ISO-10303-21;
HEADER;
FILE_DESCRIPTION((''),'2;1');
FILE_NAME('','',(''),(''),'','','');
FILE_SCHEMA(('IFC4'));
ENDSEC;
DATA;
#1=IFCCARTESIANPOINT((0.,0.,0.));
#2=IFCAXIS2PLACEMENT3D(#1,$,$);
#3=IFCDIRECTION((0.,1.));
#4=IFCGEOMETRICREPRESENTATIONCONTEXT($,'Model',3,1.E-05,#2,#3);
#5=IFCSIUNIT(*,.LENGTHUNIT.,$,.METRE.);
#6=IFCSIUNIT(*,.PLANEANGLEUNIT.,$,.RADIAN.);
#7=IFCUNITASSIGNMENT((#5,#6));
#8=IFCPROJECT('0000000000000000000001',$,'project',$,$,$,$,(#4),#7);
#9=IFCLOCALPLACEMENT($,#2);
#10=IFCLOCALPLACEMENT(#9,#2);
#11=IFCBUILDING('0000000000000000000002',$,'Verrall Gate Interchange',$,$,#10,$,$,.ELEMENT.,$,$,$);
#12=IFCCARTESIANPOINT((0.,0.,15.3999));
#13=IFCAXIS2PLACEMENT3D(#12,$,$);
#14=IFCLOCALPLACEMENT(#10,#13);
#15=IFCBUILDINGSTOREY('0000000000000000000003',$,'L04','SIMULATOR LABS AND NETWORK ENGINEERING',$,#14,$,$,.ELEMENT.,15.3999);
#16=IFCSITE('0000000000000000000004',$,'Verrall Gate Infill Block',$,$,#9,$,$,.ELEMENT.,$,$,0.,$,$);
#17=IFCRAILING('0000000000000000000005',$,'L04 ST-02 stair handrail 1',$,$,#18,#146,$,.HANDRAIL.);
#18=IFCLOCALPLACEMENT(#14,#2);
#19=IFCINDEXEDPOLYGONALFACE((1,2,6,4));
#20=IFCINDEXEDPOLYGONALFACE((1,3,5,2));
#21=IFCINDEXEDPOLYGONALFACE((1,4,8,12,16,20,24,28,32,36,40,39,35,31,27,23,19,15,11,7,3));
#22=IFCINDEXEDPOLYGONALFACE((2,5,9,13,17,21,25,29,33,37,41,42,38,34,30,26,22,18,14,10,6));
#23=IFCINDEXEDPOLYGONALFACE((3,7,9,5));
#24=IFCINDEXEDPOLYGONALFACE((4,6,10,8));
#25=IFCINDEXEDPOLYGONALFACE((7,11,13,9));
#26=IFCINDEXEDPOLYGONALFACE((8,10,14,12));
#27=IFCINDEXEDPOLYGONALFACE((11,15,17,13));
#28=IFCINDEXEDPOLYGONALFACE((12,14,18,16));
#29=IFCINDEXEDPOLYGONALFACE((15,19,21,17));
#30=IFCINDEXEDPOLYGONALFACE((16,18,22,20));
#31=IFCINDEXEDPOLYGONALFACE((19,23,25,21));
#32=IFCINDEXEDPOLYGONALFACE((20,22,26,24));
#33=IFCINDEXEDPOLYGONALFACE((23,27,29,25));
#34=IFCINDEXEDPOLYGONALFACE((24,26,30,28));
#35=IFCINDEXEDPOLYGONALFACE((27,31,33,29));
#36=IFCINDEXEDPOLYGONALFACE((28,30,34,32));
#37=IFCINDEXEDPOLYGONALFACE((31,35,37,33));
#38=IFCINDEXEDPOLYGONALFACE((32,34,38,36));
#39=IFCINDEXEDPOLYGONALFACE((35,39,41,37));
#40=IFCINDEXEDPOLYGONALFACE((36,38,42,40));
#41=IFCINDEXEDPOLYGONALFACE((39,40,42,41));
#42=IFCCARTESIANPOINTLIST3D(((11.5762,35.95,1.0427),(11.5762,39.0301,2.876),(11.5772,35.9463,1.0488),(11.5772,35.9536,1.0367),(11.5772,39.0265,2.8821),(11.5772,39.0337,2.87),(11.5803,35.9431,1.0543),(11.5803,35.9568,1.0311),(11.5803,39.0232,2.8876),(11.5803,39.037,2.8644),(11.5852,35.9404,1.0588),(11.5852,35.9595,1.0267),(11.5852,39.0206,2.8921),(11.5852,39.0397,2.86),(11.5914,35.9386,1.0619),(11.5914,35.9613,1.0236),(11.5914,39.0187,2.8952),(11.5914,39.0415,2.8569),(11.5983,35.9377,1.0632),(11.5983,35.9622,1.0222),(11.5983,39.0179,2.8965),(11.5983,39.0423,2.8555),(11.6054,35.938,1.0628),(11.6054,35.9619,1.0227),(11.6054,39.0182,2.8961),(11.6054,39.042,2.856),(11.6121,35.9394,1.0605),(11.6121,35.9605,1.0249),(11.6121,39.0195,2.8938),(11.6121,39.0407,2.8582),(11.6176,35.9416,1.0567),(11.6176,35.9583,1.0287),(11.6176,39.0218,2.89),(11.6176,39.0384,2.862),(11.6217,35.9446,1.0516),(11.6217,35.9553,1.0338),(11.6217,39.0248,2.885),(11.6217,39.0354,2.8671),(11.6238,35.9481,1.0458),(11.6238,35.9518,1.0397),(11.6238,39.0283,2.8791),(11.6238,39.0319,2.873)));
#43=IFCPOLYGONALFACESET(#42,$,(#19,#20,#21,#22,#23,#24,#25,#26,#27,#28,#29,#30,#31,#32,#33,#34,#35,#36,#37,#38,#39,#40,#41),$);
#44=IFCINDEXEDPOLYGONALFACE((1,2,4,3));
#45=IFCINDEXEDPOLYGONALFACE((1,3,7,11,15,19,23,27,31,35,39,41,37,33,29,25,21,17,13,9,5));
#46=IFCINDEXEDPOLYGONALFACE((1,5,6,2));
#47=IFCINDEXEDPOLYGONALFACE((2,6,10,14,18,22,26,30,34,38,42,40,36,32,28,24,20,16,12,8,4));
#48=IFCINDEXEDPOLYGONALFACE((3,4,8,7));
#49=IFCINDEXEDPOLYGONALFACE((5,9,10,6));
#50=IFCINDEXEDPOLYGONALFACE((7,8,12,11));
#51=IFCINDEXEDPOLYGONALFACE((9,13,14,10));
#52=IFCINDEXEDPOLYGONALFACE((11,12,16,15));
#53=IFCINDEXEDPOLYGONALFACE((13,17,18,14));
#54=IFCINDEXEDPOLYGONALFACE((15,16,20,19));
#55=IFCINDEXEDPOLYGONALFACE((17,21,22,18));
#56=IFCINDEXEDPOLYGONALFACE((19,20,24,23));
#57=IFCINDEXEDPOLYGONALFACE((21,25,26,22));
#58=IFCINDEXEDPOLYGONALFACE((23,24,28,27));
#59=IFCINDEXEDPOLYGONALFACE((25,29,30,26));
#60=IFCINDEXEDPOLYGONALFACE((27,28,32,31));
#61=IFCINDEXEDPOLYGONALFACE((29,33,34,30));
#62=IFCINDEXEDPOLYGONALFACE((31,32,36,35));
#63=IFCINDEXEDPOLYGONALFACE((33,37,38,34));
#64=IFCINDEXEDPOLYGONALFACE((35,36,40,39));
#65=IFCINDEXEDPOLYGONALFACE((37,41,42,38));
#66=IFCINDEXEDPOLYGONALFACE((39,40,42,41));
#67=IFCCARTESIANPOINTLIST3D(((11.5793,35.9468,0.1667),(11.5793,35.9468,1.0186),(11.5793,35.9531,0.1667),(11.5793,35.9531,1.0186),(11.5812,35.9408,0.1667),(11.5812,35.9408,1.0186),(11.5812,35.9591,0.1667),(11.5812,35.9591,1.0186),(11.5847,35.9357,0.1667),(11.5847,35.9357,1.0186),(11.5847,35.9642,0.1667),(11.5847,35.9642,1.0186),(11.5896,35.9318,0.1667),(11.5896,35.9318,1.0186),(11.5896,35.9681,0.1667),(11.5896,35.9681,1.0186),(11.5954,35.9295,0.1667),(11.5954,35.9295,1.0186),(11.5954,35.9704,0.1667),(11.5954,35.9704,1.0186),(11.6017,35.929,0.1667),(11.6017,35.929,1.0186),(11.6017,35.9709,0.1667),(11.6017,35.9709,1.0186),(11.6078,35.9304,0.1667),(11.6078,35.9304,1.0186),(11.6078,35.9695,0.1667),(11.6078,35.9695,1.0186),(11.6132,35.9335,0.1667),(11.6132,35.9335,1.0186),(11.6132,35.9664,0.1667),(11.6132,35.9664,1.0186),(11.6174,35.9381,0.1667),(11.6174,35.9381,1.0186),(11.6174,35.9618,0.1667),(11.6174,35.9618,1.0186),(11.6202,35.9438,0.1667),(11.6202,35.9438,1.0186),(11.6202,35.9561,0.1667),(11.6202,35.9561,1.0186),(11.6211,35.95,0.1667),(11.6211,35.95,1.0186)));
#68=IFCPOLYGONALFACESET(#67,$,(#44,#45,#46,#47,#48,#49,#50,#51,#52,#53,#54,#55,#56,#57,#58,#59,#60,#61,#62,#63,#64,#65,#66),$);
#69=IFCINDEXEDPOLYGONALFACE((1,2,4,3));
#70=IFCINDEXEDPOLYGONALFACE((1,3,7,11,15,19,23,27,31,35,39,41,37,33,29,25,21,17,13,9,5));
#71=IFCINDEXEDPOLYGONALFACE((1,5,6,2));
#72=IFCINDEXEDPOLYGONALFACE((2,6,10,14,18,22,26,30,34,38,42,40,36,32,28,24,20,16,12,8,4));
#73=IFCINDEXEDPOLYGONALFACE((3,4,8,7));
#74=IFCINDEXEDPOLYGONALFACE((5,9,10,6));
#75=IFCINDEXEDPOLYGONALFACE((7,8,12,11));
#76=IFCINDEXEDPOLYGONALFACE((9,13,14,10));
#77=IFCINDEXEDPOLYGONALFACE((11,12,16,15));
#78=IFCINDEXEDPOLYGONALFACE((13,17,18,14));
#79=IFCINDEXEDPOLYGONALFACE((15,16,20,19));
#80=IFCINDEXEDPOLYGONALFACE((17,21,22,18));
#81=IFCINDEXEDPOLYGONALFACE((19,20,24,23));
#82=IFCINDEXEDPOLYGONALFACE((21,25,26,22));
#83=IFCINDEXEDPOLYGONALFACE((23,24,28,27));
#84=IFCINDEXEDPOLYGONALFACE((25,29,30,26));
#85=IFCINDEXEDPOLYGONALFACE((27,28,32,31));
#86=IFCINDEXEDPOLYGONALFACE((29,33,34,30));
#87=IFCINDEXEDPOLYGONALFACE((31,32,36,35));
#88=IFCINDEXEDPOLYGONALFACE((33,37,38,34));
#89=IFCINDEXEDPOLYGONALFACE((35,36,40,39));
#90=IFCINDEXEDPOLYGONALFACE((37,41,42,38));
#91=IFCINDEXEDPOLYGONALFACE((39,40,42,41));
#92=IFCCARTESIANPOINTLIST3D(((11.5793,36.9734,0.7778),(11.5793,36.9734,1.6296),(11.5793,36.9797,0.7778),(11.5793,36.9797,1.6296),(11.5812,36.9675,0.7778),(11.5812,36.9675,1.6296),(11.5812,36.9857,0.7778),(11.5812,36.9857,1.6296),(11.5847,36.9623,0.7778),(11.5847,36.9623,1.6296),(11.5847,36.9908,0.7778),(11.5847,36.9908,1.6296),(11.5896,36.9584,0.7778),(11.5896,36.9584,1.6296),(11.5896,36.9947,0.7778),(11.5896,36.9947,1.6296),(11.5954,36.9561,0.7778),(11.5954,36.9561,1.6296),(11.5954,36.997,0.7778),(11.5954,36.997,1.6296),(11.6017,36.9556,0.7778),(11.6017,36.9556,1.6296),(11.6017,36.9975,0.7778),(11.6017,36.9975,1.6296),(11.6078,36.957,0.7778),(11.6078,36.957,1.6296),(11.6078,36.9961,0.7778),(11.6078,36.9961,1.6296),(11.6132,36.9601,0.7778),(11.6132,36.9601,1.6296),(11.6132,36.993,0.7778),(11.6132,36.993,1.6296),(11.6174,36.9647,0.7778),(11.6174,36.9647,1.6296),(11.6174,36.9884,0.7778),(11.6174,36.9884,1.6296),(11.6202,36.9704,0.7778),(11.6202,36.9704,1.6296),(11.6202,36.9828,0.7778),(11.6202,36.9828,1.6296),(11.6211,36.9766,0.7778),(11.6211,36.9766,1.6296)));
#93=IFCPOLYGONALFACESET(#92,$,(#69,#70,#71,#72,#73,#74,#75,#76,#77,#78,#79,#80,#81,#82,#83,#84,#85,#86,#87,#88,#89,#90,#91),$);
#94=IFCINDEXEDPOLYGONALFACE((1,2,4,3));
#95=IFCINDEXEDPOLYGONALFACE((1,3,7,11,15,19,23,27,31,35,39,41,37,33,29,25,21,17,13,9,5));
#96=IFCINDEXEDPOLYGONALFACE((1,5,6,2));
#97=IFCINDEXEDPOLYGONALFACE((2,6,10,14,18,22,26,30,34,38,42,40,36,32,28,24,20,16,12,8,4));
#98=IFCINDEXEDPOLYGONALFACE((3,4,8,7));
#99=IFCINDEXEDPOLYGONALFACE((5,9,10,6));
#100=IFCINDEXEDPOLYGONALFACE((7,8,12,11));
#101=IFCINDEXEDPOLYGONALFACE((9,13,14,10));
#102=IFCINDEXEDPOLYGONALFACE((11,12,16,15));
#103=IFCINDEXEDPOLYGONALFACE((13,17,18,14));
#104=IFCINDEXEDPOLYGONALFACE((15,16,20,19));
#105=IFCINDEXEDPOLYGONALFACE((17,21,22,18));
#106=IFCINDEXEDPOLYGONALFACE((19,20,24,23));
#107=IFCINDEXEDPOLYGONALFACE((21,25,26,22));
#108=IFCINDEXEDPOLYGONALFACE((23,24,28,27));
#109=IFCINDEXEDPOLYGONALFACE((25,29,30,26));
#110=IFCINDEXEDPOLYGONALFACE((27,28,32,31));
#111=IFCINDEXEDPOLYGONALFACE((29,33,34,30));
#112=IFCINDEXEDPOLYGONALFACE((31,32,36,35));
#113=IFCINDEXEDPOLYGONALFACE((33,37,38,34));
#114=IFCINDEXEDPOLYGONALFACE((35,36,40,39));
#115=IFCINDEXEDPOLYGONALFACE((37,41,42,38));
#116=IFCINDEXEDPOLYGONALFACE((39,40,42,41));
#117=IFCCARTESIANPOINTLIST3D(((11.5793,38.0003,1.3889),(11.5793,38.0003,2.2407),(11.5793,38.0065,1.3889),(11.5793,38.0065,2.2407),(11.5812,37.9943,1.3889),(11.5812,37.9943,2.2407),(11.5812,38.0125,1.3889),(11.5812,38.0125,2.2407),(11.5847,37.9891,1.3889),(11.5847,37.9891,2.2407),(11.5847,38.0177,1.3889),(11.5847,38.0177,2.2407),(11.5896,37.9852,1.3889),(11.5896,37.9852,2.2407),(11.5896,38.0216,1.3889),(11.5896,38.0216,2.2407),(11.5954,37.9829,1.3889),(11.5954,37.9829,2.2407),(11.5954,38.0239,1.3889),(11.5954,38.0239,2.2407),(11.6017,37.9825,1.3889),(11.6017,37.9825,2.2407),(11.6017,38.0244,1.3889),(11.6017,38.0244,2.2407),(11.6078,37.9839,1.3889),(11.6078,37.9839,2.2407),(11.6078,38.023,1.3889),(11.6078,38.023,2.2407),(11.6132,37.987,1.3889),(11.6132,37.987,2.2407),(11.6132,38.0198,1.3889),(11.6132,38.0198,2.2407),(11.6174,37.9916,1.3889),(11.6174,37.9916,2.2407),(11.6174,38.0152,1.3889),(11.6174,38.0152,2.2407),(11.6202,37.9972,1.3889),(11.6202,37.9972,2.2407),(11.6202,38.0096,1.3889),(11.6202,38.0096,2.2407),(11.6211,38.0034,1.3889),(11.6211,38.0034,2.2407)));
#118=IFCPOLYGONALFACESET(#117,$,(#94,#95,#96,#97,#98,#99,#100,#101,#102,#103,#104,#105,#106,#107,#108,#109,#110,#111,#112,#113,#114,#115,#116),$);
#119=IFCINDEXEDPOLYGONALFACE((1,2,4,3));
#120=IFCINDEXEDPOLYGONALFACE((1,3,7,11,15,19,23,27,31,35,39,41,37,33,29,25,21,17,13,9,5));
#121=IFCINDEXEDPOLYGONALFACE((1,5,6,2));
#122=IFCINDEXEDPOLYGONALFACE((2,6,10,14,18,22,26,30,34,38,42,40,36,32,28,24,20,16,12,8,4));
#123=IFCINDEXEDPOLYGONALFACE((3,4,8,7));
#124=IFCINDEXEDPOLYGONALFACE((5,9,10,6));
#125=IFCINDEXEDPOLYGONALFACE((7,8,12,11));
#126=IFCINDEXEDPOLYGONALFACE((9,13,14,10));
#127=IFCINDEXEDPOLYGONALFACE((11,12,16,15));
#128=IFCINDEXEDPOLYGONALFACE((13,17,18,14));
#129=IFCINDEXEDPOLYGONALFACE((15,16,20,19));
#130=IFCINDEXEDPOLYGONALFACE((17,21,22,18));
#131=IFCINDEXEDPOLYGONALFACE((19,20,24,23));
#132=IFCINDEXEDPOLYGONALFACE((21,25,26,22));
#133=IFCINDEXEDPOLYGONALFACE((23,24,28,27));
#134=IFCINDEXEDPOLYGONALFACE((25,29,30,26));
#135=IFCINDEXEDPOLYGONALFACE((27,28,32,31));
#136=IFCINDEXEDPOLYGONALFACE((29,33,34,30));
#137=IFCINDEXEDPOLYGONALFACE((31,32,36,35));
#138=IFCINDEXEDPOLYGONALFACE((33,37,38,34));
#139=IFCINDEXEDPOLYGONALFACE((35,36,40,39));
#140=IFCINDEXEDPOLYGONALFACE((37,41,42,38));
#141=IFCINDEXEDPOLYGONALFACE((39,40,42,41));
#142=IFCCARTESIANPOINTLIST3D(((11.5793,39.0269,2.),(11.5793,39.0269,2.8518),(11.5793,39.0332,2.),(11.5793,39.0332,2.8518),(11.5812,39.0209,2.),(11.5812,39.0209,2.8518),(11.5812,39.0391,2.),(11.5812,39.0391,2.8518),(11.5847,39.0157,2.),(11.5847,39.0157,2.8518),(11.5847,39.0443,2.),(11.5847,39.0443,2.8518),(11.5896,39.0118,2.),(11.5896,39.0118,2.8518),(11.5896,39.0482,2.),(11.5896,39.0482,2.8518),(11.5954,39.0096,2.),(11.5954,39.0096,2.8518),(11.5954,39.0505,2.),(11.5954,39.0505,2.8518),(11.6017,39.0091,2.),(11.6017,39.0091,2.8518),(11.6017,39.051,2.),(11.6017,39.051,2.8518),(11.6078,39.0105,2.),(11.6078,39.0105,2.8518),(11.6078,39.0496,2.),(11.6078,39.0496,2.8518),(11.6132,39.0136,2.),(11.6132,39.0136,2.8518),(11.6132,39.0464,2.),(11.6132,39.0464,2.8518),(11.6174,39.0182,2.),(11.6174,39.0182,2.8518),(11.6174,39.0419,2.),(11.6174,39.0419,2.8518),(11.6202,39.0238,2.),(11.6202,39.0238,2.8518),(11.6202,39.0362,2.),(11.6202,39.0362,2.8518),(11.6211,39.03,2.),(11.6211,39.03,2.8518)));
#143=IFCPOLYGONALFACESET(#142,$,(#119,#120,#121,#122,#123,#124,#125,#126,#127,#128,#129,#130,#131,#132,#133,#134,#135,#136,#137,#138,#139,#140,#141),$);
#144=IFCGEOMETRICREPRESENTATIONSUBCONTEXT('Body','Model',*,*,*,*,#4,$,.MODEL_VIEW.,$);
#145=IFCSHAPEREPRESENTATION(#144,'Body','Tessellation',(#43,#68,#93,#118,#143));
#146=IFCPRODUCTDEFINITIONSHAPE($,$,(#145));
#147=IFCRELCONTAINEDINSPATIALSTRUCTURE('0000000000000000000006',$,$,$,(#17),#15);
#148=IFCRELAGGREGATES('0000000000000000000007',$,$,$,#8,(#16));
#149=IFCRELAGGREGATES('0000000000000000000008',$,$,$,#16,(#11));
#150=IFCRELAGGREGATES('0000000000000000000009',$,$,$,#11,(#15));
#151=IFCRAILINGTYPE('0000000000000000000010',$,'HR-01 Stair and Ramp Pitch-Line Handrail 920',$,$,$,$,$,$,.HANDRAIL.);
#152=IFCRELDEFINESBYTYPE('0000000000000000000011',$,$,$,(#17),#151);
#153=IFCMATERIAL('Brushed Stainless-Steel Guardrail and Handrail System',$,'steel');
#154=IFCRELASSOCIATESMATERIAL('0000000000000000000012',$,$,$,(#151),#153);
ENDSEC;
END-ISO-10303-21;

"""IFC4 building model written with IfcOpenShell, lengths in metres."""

from ifc_helpers import new_model, si_unit, direction, frame, origin, origin_2d, place, context, subcontext, project, spatial, circle, extrude, material, type_object, element, save


model = new_model("IFC4")

# Units and contexts
model_context = context("Model", 3, precision=1e-05, world=origin(), true_north=direction((0.0, 1.0)))
body_context = subcontext(model_context, "Body", "Model", "MODEL_VIEW")
ifc_project = project(units=[si_unit("LENGTHUNIT", "METRE"), si_unit("PLANEANGLEUNIT", "RADIAN")], contexts=[model_context])

# Site, building, storey
site_placement = place(None, origin())
site = spatial("IfcSite", under=ifc_project, at=site_placement, Name="Verrall Gate Infill Block", CompositionType="ELEMENT", RefElevation=0.0)
building_placement = place(site_placement, origin())
building = spatial("IfcBuilding", under=site, at=building_placement, Name="Verrall Gate Interchange", CompositionType="ELEMENT")
storey_placement = place(building_placement, frame((0.0, 0.0, 15.3999)))
storey = spatial("IfcBuildingStorey", under=building, at=storey_placement, Name="L04", Description="SIMULATOR LABS AND NETWORK ENGINEERING", CompositionType="ELEMENT", Elevation=15.3999)

# Railing
ifc_material_1 = material(Name="Brushed Stainless-Steel Guardrail and Handrail System", Category="steel")
railing_type_1 = type_object("IfcRailingType", Name="HR-01 Stair and Ramp Pitch-Line Handrail 920", PredefinedType="HANDRAIL", material=ifc_material_1)
railing_1_placement = place(storey_placement, frame((11.6001, 35.95, 0.1667)))
element("IfcRailing", 1, at=railing_1_placement, inside=storey, type_object=railing_type_1, Name="L04 ST-02 stair handrail 1", PredefinedType="HANDRAIL", context=body_context, shape_type="SweptSolid", body=[
    extrude(circle(Radius=0.0239, at=origin_2d()), frame((0.0, 0.0, 0.876), z_axis=(0.0, 0.859309, 0.511458), x_axis=(-1.0, 0.0, 0.0)), (0.0, 0.0, 1.0), 3.5845),
    extrude(circle(Radius=0.021, at=origin_2d()), origin(), (0.0, 0.0, 1.0), 0.8518),
    extrude(circle(Radius=0.021, at=origin_2d()), frame((0.0, 1.0266, 0.6111)), (0.0, 0.0, 1.0), 0.8518),
    extrude(circle(Radius=0.021, at=origin_2d()), frame((0.0, 2.0535, 1.2222)), (0.0, 0.0, 1.0), 0.8518),
    extrude(circle(Radius=0.021, at=origin_2d()), frame((0.0, 3.0801, 1.8333)), (0.0, 0.0, 1.0), 0.8518),
])

save(model, "model.ifc")
